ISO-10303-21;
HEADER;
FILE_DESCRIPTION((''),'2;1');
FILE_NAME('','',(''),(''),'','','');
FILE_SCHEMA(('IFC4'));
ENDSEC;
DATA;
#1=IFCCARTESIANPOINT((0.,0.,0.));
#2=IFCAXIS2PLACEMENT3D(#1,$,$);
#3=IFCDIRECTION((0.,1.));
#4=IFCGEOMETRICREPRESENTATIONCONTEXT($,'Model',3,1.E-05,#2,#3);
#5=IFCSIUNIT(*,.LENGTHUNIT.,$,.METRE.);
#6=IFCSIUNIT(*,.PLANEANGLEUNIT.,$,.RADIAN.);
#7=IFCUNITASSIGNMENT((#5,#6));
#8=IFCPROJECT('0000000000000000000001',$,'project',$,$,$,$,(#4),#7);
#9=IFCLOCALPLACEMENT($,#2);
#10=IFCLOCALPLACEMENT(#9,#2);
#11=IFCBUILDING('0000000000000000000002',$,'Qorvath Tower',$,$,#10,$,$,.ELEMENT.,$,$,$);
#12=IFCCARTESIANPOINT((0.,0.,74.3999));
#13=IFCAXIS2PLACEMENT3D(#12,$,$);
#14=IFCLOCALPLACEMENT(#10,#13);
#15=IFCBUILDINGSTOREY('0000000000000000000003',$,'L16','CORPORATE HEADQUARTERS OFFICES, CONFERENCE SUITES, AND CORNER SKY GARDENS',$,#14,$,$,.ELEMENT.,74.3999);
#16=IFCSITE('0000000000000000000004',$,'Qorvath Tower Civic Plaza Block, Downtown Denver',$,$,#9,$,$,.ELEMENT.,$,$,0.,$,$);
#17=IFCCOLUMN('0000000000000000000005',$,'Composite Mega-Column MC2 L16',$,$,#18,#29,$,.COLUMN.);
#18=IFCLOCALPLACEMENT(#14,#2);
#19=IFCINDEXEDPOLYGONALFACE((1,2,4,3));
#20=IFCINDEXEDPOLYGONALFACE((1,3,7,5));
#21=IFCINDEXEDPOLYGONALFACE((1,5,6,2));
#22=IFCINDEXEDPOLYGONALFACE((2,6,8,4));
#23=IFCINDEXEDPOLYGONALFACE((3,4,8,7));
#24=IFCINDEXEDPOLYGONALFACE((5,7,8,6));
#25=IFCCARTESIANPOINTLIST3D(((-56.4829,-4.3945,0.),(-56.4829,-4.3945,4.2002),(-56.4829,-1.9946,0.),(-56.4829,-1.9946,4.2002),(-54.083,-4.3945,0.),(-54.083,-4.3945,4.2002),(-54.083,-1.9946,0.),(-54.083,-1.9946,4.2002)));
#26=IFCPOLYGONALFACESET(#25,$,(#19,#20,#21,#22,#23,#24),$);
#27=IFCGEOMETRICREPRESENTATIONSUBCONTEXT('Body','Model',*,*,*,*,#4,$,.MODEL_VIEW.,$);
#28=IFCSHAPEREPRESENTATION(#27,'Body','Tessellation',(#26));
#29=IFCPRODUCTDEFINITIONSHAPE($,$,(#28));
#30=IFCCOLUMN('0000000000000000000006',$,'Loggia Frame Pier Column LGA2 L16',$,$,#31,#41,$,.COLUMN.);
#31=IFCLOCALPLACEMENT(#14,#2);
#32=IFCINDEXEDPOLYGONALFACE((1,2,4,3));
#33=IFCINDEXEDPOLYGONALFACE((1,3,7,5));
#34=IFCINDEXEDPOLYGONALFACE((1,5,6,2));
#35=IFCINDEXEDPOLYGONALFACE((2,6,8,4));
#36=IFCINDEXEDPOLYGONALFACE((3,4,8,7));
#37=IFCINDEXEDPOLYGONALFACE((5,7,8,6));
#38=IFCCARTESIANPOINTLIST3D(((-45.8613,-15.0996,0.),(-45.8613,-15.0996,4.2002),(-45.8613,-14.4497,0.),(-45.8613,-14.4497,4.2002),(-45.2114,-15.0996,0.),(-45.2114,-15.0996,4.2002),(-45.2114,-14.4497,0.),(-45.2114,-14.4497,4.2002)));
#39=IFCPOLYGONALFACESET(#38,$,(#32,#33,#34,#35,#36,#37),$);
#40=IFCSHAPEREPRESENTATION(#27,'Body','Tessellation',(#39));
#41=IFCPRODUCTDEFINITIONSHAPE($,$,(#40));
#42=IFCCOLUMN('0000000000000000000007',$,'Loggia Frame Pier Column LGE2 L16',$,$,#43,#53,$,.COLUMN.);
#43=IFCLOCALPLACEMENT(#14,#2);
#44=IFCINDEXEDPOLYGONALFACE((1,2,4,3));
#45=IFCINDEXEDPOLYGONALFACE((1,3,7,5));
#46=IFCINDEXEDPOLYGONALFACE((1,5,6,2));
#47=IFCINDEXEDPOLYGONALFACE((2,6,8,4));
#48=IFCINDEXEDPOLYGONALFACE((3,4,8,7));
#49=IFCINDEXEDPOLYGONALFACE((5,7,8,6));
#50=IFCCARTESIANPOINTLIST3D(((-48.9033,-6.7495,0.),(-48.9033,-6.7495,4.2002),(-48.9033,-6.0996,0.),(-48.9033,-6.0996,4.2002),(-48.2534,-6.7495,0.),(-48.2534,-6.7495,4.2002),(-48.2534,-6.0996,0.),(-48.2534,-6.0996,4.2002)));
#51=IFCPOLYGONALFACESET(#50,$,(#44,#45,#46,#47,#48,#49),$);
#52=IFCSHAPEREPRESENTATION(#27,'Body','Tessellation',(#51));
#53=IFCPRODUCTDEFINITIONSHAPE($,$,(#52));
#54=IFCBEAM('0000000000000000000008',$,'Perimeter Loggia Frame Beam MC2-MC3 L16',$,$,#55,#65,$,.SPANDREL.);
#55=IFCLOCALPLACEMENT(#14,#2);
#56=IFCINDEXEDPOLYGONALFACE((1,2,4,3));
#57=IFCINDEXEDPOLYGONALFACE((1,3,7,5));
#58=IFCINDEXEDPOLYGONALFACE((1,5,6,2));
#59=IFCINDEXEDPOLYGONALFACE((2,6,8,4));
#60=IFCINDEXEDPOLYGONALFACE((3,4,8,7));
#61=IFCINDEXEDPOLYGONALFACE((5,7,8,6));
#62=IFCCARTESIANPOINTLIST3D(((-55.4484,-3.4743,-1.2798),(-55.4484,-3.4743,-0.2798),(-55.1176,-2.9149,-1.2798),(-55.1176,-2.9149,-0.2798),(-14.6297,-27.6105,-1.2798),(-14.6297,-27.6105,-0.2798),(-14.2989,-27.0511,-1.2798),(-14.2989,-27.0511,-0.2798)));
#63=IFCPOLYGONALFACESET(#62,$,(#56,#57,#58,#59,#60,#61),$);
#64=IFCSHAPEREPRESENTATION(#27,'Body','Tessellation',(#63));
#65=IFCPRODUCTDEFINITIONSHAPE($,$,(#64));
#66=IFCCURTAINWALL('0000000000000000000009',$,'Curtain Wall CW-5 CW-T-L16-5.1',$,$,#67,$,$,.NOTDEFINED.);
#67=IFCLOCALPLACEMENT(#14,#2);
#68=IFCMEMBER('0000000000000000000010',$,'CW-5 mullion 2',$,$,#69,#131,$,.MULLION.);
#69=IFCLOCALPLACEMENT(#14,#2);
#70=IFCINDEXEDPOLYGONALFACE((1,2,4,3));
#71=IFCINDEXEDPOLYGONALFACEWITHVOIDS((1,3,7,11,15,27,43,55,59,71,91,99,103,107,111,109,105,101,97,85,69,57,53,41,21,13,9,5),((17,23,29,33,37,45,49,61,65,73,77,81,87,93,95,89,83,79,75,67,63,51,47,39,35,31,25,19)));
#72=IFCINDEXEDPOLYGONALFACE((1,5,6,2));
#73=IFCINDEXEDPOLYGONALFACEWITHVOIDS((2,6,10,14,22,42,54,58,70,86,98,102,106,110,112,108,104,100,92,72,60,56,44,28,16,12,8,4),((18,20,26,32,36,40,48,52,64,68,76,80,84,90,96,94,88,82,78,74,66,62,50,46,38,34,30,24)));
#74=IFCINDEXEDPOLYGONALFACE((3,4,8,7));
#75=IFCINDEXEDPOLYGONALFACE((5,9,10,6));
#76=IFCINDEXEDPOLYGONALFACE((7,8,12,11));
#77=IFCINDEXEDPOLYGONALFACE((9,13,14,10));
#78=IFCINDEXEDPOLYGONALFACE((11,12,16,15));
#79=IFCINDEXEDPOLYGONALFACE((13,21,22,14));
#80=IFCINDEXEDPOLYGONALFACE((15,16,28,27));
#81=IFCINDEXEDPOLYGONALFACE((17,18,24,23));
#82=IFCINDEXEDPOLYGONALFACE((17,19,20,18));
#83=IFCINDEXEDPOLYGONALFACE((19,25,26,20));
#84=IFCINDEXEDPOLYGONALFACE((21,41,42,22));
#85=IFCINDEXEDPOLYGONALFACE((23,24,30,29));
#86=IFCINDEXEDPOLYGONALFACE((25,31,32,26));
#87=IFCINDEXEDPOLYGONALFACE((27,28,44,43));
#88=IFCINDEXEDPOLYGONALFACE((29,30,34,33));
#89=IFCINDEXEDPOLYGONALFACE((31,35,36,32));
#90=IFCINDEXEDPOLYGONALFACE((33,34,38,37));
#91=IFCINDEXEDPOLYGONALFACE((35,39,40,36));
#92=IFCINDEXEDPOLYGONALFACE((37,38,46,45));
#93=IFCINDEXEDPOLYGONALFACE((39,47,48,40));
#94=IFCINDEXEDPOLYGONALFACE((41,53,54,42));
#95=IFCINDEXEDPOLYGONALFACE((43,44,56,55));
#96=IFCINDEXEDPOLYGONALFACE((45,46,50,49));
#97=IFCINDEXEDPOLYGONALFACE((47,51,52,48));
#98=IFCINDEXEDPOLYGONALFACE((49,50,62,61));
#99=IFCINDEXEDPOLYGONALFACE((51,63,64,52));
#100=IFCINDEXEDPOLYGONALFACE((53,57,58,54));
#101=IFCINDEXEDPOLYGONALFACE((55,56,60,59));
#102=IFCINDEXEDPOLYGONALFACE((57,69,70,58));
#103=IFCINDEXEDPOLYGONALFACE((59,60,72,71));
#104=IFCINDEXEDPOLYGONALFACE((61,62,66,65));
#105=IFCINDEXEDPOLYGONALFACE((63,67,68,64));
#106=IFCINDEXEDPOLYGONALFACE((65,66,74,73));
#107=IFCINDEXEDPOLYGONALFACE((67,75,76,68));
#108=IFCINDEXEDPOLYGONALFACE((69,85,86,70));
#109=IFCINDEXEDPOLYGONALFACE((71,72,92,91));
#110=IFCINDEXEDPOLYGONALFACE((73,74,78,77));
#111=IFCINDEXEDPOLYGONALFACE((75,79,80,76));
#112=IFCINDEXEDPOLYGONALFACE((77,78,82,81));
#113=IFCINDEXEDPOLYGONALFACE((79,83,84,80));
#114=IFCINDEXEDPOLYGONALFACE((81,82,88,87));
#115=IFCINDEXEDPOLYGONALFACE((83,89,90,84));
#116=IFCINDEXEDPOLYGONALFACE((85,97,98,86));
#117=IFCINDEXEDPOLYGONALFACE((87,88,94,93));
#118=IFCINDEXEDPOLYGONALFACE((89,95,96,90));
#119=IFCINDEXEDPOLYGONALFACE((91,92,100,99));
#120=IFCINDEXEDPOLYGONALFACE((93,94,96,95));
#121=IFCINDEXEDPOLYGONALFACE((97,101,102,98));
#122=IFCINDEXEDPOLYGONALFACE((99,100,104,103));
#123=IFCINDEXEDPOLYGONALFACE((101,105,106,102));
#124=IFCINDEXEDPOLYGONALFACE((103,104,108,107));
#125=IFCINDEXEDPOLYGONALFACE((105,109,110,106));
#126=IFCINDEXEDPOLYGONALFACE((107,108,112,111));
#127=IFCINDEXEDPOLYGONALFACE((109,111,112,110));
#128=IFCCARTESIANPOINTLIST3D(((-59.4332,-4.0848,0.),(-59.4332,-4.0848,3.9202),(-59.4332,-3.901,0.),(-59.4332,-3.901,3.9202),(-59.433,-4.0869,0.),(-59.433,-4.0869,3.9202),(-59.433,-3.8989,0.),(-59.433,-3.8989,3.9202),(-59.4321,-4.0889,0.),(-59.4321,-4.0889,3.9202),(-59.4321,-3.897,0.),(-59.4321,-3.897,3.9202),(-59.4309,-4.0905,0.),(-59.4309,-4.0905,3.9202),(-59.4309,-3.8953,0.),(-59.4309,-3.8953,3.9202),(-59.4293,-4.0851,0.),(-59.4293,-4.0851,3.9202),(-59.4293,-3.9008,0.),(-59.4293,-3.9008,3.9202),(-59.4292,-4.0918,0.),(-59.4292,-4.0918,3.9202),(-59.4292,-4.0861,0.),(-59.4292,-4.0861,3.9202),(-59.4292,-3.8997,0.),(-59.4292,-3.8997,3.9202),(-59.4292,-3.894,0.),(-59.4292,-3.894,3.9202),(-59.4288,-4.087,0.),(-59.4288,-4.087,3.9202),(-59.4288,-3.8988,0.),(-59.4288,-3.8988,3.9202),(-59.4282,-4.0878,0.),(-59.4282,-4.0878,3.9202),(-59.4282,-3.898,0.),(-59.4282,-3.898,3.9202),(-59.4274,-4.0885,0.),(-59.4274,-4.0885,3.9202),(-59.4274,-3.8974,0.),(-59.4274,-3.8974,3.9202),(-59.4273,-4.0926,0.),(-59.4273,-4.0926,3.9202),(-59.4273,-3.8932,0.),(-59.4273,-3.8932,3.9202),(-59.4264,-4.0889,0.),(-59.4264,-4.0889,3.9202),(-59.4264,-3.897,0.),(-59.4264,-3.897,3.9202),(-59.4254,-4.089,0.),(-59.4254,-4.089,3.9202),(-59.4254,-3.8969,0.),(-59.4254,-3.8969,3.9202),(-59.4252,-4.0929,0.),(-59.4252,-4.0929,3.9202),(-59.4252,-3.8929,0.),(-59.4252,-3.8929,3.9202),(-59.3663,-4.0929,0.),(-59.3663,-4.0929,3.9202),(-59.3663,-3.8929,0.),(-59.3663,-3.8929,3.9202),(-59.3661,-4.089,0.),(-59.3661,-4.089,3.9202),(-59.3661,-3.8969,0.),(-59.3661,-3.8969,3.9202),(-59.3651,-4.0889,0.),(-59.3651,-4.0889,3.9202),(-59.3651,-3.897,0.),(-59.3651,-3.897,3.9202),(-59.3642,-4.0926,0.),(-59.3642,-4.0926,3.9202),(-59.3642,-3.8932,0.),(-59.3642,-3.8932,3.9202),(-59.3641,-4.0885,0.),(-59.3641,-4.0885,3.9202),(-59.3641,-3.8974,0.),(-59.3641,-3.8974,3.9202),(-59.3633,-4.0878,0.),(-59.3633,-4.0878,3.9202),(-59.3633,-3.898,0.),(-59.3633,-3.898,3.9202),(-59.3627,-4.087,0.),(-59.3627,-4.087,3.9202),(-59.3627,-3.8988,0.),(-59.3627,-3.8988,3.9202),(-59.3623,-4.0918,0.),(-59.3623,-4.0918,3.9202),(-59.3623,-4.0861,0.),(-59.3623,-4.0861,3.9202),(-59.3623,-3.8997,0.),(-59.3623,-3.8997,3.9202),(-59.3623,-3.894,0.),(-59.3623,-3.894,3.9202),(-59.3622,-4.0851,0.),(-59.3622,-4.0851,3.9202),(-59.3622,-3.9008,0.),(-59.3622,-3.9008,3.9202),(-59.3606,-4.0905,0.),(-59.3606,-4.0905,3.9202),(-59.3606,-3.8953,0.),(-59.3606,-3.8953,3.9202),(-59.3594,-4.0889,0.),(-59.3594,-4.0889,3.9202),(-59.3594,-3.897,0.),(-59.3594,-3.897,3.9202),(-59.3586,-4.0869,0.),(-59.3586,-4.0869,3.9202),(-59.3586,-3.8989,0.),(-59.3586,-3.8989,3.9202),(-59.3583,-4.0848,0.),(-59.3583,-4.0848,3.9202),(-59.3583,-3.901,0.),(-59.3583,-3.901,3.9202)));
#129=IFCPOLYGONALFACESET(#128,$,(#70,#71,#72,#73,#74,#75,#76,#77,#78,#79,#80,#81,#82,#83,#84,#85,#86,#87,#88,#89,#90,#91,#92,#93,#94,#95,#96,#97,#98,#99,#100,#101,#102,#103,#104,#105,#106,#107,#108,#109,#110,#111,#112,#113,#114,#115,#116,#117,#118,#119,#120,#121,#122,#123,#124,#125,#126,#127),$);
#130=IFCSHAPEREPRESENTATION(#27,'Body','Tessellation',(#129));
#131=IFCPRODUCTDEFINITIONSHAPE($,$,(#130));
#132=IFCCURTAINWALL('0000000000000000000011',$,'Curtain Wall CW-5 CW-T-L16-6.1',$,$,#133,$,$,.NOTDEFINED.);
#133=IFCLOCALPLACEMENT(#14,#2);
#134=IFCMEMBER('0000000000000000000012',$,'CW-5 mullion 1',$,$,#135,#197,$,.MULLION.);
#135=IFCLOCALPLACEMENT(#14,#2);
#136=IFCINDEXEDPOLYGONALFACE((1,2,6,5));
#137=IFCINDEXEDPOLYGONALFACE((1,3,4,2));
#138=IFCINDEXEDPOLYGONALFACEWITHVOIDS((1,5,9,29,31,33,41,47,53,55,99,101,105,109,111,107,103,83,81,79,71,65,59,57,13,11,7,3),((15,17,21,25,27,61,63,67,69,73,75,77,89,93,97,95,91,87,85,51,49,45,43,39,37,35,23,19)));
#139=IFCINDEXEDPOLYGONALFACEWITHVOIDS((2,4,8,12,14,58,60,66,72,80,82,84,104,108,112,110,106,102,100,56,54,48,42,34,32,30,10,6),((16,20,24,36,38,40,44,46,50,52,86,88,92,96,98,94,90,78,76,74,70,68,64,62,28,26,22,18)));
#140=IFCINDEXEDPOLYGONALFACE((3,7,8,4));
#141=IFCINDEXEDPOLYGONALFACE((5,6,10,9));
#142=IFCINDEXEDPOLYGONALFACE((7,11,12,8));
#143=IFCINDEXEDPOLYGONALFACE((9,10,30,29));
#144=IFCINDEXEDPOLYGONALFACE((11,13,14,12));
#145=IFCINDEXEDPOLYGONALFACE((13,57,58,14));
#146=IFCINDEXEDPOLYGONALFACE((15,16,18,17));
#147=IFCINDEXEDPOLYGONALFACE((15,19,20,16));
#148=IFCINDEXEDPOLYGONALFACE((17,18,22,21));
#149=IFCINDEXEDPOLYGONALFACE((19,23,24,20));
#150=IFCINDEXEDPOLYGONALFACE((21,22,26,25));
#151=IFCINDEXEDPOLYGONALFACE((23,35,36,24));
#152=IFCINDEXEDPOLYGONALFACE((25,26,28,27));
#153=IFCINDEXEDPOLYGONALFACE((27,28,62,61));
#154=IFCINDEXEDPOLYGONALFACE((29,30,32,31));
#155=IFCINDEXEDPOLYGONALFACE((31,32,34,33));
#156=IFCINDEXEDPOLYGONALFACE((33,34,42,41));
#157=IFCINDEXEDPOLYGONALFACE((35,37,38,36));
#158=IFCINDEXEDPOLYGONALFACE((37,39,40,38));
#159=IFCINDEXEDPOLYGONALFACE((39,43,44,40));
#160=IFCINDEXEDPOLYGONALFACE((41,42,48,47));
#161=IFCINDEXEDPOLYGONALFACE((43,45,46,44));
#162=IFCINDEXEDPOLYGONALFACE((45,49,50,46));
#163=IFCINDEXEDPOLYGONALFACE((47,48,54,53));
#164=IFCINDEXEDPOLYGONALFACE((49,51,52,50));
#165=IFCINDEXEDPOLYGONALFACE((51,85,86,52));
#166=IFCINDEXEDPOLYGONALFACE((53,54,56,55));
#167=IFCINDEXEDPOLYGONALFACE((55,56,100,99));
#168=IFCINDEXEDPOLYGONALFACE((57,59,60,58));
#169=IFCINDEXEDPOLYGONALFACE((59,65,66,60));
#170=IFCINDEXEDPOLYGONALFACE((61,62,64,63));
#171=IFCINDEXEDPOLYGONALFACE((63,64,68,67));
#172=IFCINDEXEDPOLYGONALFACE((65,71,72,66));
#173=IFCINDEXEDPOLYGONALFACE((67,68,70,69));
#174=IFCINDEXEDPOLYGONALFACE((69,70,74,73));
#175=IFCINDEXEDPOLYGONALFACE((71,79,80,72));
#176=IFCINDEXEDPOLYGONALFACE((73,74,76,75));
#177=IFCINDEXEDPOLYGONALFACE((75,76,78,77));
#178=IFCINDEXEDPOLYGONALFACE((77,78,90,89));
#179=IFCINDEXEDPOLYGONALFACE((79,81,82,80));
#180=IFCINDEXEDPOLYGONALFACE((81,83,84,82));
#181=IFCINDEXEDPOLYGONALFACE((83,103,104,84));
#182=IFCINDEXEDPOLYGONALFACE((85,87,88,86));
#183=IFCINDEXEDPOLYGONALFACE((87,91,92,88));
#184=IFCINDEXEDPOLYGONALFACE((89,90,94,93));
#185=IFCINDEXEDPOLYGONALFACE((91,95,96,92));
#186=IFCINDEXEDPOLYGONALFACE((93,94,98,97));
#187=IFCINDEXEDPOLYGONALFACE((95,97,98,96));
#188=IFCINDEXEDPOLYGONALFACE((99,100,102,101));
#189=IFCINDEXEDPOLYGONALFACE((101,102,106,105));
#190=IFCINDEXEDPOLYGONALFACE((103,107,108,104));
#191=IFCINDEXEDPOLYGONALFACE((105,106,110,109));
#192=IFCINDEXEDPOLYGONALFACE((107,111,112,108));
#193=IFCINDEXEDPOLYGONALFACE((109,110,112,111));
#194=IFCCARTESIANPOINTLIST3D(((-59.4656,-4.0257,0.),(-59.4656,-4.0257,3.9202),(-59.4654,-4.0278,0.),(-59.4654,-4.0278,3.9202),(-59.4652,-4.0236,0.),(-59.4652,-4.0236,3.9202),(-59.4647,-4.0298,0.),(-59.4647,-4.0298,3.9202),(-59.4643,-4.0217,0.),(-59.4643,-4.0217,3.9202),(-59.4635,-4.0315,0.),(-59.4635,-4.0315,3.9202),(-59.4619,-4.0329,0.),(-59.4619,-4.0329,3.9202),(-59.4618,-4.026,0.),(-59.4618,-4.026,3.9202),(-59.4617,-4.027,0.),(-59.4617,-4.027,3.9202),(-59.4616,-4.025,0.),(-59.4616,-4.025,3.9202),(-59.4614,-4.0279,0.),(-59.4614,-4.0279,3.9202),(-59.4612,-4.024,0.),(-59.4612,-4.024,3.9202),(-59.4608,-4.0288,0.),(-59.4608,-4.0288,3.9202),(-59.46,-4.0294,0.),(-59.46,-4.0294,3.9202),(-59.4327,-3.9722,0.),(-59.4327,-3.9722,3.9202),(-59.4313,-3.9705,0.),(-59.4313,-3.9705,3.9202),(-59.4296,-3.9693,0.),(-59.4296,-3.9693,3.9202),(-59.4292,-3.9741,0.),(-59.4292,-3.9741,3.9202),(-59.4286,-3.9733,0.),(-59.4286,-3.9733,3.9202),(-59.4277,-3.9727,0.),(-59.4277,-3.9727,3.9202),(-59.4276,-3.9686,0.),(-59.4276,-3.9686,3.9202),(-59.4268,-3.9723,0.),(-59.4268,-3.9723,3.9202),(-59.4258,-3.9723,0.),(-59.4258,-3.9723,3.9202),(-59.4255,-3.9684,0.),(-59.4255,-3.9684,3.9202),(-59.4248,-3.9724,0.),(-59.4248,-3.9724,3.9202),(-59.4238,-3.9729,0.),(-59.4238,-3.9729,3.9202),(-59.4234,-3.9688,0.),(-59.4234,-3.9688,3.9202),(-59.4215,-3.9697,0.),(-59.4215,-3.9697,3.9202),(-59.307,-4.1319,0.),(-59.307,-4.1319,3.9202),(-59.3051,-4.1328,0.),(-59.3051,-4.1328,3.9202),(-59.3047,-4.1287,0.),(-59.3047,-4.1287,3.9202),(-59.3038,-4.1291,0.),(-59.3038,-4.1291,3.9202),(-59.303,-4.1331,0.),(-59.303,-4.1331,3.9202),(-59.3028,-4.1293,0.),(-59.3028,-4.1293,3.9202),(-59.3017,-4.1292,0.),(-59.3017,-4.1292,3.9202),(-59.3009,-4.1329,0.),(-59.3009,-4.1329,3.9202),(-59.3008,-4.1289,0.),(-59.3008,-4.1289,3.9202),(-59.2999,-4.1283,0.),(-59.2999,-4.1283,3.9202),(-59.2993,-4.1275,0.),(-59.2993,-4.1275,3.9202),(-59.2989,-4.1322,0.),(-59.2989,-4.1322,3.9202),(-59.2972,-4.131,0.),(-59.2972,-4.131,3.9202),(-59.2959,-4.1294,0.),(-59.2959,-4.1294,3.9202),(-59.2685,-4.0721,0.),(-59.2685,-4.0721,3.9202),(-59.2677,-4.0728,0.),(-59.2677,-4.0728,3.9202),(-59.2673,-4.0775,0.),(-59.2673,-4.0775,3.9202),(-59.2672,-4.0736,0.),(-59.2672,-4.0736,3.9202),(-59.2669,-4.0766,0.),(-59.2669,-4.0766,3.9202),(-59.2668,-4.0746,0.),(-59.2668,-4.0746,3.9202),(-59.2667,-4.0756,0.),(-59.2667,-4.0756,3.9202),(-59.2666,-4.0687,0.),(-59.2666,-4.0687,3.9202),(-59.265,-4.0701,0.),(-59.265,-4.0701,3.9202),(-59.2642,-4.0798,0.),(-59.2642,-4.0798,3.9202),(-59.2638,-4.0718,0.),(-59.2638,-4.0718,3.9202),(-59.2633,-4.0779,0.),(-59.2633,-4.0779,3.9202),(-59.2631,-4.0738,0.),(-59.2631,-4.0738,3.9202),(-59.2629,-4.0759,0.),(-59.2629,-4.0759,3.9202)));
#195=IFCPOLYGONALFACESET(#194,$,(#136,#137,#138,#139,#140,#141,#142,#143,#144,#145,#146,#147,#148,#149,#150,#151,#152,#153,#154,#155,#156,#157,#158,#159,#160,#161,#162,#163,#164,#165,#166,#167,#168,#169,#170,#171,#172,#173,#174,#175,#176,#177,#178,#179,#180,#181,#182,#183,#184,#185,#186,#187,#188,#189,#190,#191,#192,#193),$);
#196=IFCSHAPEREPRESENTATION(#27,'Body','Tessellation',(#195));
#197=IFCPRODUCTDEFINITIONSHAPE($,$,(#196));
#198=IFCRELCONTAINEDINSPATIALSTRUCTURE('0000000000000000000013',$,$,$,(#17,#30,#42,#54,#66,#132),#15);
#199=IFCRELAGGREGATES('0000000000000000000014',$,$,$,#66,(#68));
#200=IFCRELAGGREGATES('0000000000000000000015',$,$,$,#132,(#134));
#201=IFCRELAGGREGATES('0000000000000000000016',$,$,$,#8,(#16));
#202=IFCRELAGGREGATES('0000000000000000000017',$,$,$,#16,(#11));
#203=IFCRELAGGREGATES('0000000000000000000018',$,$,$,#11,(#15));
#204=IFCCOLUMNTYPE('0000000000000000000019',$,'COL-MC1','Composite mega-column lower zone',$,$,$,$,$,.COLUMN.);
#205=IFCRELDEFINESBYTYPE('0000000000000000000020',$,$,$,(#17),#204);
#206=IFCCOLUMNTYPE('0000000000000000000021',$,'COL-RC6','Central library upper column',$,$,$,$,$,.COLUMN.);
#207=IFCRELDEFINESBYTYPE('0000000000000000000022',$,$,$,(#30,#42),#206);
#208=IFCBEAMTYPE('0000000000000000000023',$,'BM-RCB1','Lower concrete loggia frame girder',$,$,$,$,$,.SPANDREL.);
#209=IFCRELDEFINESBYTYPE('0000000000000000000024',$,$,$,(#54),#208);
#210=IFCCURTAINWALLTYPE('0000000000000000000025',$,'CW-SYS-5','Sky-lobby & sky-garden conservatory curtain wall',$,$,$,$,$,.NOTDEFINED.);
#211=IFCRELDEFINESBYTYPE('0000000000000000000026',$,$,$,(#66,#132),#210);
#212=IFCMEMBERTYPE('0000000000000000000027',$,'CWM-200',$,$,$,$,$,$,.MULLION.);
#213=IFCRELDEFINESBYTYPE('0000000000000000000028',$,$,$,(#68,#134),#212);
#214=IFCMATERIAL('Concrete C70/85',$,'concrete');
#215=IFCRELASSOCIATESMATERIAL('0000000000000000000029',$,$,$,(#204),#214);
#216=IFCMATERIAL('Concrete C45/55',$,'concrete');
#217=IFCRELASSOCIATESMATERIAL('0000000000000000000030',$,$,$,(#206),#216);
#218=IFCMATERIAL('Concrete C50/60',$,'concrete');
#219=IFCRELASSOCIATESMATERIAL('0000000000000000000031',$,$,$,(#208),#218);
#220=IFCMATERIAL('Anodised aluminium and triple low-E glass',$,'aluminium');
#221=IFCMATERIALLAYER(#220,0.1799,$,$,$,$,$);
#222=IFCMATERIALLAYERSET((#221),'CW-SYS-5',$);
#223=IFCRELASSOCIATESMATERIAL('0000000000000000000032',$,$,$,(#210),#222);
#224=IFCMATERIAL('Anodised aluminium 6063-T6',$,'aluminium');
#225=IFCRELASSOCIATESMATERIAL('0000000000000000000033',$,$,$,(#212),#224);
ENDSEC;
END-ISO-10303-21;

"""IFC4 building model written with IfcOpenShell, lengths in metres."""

from ifc_helpers import new_model, si_unit, direction, frame, origin, origin_2d, place, context, subcontext, project, spatial, rectangle, hollow_rectangle, extrude, material, layer, layer_set, material_profile, profile_set, type_object, element, aggregate, save


model = new_model("IFC4")

# Units and contexts
model_context = context("Model", 3, precision=1e-05, world=origin(), true_north=direction((0.0, 1.0)))
body_context = subcontext(model_context, "Body", "Model", "MODEL_VIEW")
ifc_project = project(units=[si_unit("LENGTHUNIT", "METRE"), si_unit("PLANEANGLEUNIT", "RADIAN")], contexts=[model_context])

# Site, building, storey
site_placement = place(None, origin())
site = spatial("IfcSite", under=ifc_project, at=site_placement, Name="Qorvath Tower Civic Plaza Block, Downtown Denver", CompositionType="ELEMENT", RefElevation=0.0)
building_placement = place(site_placement, origin())
building = spatial("IfcBuilding", under=site, at=building_placement, Name="Qorvath Tower", CompositionType="ELEMENT")
storey_placement = place(building_placement, frame((0.0, 0.0, 74.3999)))
storey = spatial("IfcBuildingStorey", under=building, at=storey_placement, Name="L16", Description="CORPORATE HEADQUARTERS OFFICES, CONFERENCE SUITES, AND CORNER SKY GARDENS", CompositionType="ELEMENT", Elevation=74.3999)

# Columns
ifc_material_1 = material(Name="Concrete C70/85", Category="concrete")
ifc_material_profile_1 = material_profile(ifc_material_1, rectangle(XDim=2.3999, YDim=2.3999, at=origin_2d()), Name="MC 2400x2400")
ifc_profile_set_1 = profile_set([ifc_material_profile_1], Name="Concrete C70/85")
column_type_1 = type_object("IfcColumnType", Name="COL-MC1", Description="Composite mega-column lower zone", PredefinedType="COLUMN", material=ifc_profile_set_1)
column_placement = place(storey_placement, frame((-55.283, -3.1946, 0.0), z_axis=(0.0, 0.0, 1.0), x_axis=(1.0, 0.0, 0.0)))
element("IfcColumn", 1, at=column_placement, inside=storey, type_object=column_type_1, Name="Composite Mega-Column MC2 L16", PredefinedType="COLUMN", context=body_context, shape_type="SweptSolid", body=[
    extrude(rectangle(XDim=2.3999, YDim=2.3999, at=origin_2d()), origin(), (0.0, 0.0, 1.0), 4.2002),
])
ifc_material_2 = material(Name="Concrete C45/55", Category="concrete")
ifc_material_profile_2 = material_profile(ifc_material_2, rectangle(XDim=0.6499, YDim=0.6499, at=origin_2d()), Name="RC 650x650")
ifc_profile_set_2 = profile_set([ifc_material_profile_2], Name="Concrete C45/55")
column_type_2 = type_object("IfcColumnType", Name="COL-RC6", Description="Central library upper column", PredefinedType="COLUMN", material=ifc_profile_set_2)
for number, where, z_axis, x_axis, name in (
    (2, (-45.5364, -14.7747, 0.0), (0.0, 0.0, 1.0), (1.0, 0.0, 0.0), "Loggia Frame Pier Column LGA2 L16"),
    (3, (-48.5784, -6.4246, 0.0), (0.0, 0.0, 1.0), (1.0, 0.0, 0.0), "Loggia Frame Pier Column LGE2 L16"),
):
    element("IfcColumn", number, at=place(storey_placement, frame(where, z_axis=z_axis, x_axis=x_axis)), inside=storey, type_object=column_type_2, Name=name, PredefinedType="COLUMN", context=body_context, shape_type="SweptSolid", body=[
        extrude(rectangle(XDim=0.6499, YDim=0.6499, at=origin_2d()), origin(), (0.0, 0.0, 1.0), 4.2002),
    ])

# Beam
ifc_material_3 = material(Name="Concrete C50/60", Category="concrete")
ifc_material_profile_3 = material_profile(ifc_material_3, rectangle(XDim=0.6499, YDim=1.0, at=origin_2d()), Name="RCB 1000x650")
ifc_profile_set_3 = profile_set([ifc_material_profile_3], Name="Concrete C50/60")
beam_type = type_object("IfcBeamType", Name="BM-RCB1", Description="Lower concrete loggia frame girder", PredefinedType="SPANDREL", material=ifc_profile_set_3)
beam_placement = place(storey_placement, frame((-55.283, -3.1946, -0.7798), z_axis=(0.860777, -0.508982, 0.0), x_axis=(0.508982, 0.860777, 0.0)))
element("IfcBeam", 4, at=beam_placement, inside=storey, type_object=beam_type, Name="Perimeter Loggia Frame Beam MC2-MC3 L16", PredefinedType="SPANDREL", context=body_context, shape_type="SweptSolid", body=[
    extrude(rectangle(XDim=0.6499, YDim=1.0, at=origin_2d()), origin(), (0.0, 0.0, 1.0), 47.4207),
])

# Curtain wall, member
ifc_material_4 = material(Name="Anodised aluminium and triple low-E glass", Category="aluminium")
ifc_layer_1 = layer(ifc_material_4, 0.1799)
ifc_layer_set_1 = layer_set([ifc_layer_1], Name="CW-SYS-5")
curtain_wall_type = type_object("IfcCurtainWallType", Name="CW-SYS-5", Description="Sky-lobby & sky-garden conservatory curtain wall", PredefinedType="NOTDEFINED", material=ifc_layer_set_1)
curtain_wall_1_placement = place(storey_placement, origin())
curtain_wall_1 = element("IfcCurtainWall", 5, at=curtain_wall_1_placement, inside=storey, type_object=curtain_wall_type, Name="Curtain Wall CW-5 CW-T-L16-5.1", PredefinedType="NOTDEFINED")
ifc_material_5 = material(Name="Anodised aluminium 6063-T6", Category="aluminium")
ifc_material_profile_4 = material_profile(ifc_material_5, hollow_rectangle(XDim=0.075, YDim=0.2, WallThickness=0.0039, InnerFilletRadius=0.0039, OuterFilletRadius=0.0081, at=origin_2d()), Name="CWM 200x75")
ifc_profile_set_4 = profile_set([ifc_material_profile_4], Name="Anodised aluminium 6063-T6")
member_type_1 = type_object("IfcMemberType", Name="CWM-200", PredefinedType="MULLION", material=ifc_profile_set_4)
member_1_placement = place(storey_placement, frame((-59.3958, -3.9929, 0.0), z_axis=(0.0, 0.0, 1.0), x_axis=(1.0, 0.0, 0.0)))
member_1 = element("IfcMember", 6, at=member_1_placement, type_object=member_type_1, Name="CW-5 mullion 2", PredefinedType="MULLION", context=body_context, shape_type="SweptSolid", body=[
    extrude(hollow_rectangle(XDim=0.075, YDim=0.2, WallThickness=0.0039, InnerFilletRadius=0.0039, OuterFilletRadius=0.0081, at=origin_2d()), origin(), (0.0, 0.0, 1.0), 3.9202),
])

# Curtain wall, member
curtain_wall_2_placement = place(storey_placement, origin())
curtain_wall_2 = element("IfcCurtainWall", 7, at=curtain_wall_2_placement, inside=storey, type_object=curtain_wall_type, Name="Curtain Wall CW-5 CW-T-L16-6.1", PredefinedType="NOTDEFINED")
member_2_placement = place(storey_placement, frame((-59.3643, -4.0508, 0.0), z_axis=(0.0, 0.0, 1.0), x_axis=(0.538533, 0.842604, 0.0)))
member_2 = element("IfcMember", 8, at=member_2_placement, type_object=member_type_1, Name="CW-5 mullion 1", PredefinedType="MULLION", context=body_context, shape_type="SweptSolid", body=[
    extrude(hollow_rectangle(XDim=0.075, YDim=0.2, WallThickness=0.0039, InnerFilletRadius=0.0039, OuterFilletRadius=0.0081, at=origin_2d()), origin(), (0.0, 0.0, 1.0), 3.9202),
])

aggregate(curtain_wall_1, [member_1])
aggregate(curtain_wall_2, [member_2])

save(model, "model.ifc")
